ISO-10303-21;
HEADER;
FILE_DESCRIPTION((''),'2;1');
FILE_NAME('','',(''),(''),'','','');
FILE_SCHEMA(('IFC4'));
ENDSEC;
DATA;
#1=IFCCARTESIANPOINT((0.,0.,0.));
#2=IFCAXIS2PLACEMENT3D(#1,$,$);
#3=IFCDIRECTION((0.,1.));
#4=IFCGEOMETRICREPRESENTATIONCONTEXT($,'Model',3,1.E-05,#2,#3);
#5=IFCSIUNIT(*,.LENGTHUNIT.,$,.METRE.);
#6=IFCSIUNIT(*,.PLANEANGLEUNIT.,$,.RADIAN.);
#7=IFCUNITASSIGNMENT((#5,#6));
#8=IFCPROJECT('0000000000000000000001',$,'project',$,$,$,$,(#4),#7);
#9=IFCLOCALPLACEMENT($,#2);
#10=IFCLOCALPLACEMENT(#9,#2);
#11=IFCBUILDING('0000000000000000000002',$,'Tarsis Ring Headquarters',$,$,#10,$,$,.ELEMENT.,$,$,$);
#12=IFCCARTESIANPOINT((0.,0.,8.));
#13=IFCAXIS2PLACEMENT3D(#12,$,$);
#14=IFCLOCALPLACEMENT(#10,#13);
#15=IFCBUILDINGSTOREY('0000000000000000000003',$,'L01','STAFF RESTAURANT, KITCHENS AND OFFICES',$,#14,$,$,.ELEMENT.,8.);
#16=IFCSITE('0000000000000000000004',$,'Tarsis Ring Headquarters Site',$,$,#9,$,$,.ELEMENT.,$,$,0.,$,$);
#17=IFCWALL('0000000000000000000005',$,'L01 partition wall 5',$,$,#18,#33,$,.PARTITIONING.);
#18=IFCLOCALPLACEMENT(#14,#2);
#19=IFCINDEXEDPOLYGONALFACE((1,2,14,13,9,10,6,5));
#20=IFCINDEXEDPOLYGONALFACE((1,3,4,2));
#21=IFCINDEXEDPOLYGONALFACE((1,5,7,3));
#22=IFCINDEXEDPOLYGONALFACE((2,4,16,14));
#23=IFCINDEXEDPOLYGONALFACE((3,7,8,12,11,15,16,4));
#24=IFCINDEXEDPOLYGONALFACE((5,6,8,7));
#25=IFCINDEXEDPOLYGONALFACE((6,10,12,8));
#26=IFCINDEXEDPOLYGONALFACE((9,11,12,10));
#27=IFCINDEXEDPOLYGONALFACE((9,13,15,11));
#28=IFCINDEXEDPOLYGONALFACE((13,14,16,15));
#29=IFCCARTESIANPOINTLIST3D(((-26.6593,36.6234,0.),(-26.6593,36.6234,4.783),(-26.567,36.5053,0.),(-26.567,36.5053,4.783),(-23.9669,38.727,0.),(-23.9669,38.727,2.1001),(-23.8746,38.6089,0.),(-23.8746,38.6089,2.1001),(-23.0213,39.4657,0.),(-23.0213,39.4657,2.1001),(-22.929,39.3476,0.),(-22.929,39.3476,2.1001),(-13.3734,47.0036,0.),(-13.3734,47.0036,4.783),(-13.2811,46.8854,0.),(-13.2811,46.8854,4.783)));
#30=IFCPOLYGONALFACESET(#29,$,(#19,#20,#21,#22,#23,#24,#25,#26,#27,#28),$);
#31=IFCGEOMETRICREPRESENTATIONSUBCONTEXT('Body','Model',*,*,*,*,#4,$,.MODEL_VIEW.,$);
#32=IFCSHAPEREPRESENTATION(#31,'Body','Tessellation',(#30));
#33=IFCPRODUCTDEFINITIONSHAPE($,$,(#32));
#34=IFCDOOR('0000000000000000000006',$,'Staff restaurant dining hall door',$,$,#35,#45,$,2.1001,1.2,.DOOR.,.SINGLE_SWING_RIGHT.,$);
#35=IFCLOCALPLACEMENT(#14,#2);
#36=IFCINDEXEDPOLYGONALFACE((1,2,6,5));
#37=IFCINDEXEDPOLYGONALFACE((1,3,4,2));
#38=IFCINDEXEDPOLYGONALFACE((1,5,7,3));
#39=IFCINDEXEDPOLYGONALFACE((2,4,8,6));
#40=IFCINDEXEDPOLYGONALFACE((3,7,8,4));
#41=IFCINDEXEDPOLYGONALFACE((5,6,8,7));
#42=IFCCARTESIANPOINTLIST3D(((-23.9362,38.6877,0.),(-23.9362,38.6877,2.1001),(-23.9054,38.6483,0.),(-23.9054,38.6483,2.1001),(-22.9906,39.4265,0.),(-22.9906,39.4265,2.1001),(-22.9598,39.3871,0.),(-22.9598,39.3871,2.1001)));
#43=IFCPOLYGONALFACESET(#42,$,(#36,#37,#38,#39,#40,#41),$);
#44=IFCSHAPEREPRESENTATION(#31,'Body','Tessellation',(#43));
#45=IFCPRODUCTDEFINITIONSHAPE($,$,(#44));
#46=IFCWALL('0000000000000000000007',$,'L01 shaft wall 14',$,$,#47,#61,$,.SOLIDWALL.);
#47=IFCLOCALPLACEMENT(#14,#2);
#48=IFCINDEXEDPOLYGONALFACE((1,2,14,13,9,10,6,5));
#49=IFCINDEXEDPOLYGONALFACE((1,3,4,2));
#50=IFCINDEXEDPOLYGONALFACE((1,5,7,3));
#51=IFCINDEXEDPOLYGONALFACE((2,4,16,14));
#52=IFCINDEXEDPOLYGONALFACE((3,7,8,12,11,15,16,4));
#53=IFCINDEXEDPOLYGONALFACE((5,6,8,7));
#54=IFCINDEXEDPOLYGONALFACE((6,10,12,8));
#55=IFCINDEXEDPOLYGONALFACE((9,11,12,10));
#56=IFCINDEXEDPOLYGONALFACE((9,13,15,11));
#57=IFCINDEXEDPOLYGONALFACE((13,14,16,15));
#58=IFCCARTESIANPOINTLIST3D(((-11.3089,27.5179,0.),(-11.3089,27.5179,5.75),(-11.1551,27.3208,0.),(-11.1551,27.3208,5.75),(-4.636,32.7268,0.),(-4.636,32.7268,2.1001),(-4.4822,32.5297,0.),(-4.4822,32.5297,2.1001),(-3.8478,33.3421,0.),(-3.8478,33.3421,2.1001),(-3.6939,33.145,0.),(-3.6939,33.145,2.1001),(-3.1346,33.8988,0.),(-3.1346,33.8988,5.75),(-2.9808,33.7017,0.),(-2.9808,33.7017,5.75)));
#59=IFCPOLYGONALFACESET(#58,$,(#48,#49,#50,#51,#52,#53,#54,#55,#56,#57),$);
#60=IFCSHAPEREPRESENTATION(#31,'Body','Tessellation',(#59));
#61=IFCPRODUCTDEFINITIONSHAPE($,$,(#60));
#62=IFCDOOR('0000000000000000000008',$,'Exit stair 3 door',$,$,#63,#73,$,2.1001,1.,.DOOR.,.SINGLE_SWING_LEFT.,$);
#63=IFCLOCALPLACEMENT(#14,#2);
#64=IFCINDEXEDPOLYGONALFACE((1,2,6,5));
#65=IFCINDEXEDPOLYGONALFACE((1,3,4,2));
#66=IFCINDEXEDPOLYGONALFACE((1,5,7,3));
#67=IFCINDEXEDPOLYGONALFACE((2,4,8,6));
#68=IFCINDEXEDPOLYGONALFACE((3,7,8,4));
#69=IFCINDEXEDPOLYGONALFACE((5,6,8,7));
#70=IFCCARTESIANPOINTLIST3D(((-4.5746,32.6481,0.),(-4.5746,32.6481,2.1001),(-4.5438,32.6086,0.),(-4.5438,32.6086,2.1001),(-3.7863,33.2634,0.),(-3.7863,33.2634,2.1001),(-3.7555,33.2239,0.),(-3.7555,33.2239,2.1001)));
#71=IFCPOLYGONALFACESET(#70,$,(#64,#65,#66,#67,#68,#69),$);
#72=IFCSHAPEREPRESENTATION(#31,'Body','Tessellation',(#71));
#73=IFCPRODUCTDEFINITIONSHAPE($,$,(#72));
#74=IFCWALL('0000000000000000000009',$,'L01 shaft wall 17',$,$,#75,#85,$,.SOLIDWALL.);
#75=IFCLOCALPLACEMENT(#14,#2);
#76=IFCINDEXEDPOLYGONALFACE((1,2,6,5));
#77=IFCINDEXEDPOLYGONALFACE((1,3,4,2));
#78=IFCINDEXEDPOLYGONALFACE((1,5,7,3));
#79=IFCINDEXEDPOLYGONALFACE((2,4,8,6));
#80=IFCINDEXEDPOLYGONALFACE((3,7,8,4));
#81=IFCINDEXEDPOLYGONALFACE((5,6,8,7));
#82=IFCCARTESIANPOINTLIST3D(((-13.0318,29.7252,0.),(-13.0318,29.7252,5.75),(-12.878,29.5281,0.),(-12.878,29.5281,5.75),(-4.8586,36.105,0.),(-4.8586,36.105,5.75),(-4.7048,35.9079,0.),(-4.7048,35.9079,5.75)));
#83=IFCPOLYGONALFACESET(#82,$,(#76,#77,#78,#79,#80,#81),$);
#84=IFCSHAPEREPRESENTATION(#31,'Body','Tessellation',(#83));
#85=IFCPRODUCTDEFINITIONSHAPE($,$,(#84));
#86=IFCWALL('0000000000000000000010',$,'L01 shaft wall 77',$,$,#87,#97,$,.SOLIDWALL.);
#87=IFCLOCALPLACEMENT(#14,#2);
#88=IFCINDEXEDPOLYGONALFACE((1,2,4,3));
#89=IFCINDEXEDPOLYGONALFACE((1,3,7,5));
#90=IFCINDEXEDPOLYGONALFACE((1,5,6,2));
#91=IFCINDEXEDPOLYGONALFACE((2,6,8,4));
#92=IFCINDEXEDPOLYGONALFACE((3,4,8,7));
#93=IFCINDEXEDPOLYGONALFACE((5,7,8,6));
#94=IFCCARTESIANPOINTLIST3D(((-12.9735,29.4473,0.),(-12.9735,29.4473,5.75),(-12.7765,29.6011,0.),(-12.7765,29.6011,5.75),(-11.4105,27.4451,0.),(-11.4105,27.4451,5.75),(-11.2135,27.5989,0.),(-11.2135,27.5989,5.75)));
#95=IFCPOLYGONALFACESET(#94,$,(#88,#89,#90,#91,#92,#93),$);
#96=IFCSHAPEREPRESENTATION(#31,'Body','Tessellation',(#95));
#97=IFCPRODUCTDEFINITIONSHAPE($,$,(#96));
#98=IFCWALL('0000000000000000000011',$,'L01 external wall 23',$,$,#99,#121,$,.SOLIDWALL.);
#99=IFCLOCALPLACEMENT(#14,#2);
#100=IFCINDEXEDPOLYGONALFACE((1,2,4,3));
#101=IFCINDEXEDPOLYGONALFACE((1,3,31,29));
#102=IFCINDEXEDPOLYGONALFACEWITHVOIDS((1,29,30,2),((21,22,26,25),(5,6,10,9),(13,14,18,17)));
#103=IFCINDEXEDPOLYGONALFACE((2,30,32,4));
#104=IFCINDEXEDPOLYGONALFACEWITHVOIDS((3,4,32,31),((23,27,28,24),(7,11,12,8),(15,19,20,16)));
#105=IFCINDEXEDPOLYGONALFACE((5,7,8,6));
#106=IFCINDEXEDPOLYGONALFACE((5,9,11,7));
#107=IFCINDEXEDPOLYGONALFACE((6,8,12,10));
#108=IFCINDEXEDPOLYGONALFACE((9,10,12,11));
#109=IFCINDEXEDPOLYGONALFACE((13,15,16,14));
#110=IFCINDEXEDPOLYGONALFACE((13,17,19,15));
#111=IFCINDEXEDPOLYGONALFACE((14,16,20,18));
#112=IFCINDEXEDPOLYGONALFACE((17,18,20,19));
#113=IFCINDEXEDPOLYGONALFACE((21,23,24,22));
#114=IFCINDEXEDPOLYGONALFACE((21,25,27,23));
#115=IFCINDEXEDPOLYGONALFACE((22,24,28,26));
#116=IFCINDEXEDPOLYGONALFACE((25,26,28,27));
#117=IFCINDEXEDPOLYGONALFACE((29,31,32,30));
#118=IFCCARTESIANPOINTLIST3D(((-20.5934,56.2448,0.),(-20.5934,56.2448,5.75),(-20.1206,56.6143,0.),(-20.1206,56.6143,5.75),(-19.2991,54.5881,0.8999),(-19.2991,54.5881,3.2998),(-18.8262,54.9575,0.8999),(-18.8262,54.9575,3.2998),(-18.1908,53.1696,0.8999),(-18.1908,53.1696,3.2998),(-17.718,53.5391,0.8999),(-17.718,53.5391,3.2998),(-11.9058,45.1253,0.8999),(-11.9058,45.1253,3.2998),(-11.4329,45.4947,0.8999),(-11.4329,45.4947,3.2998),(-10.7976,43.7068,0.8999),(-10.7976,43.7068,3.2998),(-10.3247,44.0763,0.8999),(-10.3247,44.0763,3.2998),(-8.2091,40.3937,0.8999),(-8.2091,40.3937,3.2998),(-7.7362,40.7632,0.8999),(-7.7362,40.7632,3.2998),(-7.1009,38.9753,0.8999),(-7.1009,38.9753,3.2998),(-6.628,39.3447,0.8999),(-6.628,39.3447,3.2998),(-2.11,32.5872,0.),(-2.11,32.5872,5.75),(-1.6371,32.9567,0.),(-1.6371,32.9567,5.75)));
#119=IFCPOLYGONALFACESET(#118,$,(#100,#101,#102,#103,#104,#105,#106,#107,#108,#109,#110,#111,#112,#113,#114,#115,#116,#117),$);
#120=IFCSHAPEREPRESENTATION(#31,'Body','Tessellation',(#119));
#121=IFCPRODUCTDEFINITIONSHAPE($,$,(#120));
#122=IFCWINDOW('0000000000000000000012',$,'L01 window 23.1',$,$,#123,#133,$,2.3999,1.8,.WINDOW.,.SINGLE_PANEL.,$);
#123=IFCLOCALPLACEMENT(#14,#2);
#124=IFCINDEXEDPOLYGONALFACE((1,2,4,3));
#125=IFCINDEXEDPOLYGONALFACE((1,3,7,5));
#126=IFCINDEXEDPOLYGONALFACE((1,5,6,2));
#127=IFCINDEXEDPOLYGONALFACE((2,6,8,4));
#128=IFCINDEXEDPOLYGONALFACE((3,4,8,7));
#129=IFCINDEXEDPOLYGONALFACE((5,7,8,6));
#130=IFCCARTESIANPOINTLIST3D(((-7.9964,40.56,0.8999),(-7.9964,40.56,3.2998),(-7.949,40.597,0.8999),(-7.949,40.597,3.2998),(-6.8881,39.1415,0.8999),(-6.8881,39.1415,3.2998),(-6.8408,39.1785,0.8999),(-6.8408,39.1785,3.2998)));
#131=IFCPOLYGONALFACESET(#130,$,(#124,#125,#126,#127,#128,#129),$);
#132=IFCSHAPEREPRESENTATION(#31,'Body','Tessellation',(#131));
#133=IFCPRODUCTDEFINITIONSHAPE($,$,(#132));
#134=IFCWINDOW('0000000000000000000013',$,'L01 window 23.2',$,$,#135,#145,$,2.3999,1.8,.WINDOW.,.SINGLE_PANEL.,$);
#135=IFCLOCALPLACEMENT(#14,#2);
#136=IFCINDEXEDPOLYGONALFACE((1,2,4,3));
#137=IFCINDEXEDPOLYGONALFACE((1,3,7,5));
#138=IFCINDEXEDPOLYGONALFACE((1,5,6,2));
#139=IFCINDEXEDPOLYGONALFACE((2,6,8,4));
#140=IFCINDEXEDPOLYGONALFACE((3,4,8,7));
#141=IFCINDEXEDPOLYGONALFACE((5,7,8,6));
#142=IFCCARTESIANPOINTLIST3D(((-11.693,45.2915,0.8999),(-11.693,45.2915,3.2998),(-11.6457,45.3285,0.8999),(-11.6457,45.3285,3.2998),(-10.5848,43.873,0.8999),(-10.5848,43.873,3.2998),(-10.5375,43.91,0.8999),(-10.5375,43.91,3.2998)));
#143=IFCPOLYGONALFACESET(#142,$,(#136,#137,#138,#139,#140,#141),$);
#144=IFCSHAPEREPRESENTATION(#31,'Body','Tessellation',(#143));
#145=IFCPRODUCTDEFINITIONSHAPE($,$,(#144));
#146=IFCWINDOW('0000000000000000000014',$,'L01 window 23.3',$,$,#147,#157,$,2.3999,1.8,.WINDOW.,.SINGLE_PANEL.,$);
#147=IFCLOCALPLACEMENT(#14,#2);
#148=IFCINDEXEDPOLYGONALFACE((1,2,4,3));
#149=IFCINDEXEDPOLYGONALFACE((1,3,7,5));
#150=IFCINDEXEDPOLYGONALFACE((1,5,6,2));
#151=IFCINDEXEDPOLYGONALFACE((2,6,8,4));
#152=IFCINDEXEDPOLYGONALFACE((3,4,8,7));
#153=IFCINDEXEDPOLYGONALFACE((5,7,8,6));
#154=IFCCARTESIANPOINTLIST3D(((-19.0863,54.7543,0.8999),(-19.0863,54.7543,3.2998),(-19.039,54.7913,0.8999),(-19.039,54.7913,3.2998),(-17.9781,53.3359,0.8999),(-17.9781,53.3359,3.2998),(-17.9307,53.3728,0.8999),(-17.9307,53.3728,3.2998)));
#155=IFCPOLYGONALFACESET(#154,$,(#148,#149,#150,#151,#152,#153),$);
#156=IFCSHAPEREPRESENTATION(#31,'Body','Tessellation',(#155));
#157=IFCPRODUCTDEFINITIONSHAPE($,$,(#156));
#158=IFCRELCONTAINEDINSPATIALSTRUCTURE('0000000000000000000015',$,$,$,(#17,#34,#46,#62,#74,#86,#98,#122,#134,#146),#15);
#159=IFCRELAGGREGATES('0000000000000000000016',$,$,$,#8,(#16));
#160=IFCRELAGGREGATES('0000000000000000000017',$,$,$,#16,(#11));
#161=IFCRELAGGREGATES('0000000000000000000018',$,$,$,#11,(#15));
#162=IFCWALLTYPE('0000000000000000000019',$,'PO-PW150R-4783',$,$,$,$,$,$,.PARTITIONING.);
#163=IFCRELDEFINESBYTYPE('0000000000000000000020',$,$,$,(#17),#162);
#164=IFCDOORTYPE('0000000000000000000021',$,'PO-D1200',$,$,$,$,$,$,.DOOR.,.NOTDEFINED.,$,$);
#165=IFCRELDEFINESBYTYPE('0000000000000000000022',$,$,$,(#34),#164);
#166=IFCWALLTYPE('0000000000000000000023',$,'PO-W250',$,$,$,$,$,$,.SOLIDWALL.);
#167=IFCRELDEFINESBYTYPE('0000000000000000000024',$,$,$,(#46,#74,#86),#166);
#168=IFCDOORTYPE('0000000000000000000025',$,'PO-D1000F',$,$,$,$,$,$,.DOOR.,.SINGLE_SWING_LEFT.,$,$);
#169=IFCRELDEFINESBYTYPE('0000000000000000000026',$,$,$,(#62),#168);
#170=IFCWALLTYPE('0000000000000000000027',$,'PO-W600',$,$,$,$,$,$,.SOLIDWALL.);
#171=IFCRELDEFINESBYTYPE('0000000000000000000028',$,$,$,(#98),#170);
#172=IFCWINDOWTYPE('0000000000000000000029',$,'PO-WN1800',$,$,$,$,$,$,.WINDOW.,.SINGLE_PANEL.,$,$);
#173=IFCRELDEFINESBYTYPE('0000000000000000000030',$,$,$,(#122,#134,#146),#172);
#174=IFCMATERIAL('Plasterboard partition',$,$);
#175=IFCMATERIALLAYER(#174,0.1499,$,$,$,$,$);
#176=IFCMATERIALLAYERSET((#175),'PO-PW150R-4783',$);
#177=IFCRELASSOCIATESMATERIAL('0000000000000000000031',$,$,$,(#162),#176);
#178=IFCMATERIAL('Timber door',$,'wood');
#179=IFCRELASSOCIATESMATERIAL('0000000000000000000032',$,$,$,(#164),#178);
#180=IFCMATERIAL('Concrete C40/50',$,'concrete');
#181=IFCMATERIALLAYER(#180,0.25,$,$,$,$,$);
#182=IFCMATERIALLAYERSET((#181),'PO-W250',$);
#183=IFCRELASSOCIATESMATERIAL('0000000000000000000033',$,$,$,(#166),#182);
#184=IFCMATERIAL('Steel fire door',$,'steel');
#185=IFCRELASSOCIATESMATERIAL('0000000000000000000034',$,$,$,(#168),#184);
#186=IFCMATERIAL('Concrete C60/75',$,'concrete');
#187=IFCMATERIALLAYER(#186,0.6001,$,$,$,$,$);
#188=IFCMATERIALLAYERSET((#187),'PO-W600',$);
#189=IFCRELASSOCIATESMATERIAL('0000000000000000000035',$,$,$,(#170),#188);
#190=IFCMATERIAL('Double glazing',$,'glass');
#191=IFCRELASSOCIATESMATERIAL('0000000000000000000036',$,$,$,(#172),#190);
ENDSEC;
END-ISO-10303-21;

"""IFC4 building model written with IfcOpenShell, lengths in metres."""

from ifc_helpers import new_model, si_unit, direction, frame, frame_2d, origin, place, context, subcontext, project, spatial, rectangle, extrude, material, layer, layer_set, type_object, element, fill, save


model = new_model("IFC4")

# Units and contexts
model_context = context("Model", 3, precision=1e-05, world=origin(), true_north=direction((0.0, 1.0)))
body_context = subcontext(model_context, "Body", "Model", "MODEL_VIEW")
ifc_project = project(units=[si_unit("LENGTHUNIT", "METRE"), si_unit("PLANEANGLEUNIT", "RADIAN")], contexts=[model_context])

# Site, building, storey
site_placement = place(None, origin())
site = spatial("IfcSite", under=ifc_project, at=site_placement, Name="Tarsis Ring Headquarters Site", CompositionType="ELEMENT", RefElevation=0.0)
building_placement = place(site_placement, origin())
building = spatial("IfcBuilding", under=site, at=building_placement, Name="Tarsis Ring Headquarters", CompositionType="ELEMENT")
storey_placement = place(building_placement, frame((0.0, 0.0, 8.0)))
storey = spatial("IfcBuildingStorey", under=building, at=storey_placement, Name="L01", Description="STAFF RESTAURANT, KITCHENS AND OFFICES", CompositionType="ELEMENT", Elevation=8.0)

# Shared definitions
ifc_material_1 = material(Name="Concrete C60/75", Category="concrete")

# Shared definitions
ifc_material_2 = material(Name="Concrete C40/50", Category="concrete")

# Shared definitions
ifc_material_3 = material(Name="Plasterboard partition")

# Walls, openings, doors
ifc_layer_1 = layer(ifc_material_3, 0.1499)
ifc_layer_set_1 = layer_set([ifc_layer_1], Name="PO-PW150R-4783")
wall_type_1 = type_object("IfcWallType", Name="PO-PW150R-4783", PredefinedType="PARTITIONING", material=ifc_layer_set_1)
wall_1_placement = place(storey_placement, frame((-13.3271, 46.9446, 0.0), z_axis=(0.0, 0.0, 1.0), x_axis=(-0.788009, -0.615663, 0.0)))
wall_1 = element("IfcWall", 1, at=wall_1_placement, inside=storey, type_object=wall_type_1, Name="L01 partition wall 5", PredefinedType="PARTITIONING", context=body_context, shape_type="SweptSolid", body=[
    extrude(rectangle(XDim=16.8601, YDim=0.1499, at=frame_2d((8.4302, 0.0))), origin(), (0.0, 0.0, 1.0), 4.783),
])
opening_1_placement = place(wall_1_placement, frame((12.2434, 0.0, 0.0)))
opening_1 = element("IfcOpeningElement", 2, at=opening_1_placement, cuts=wall_1, PredefinedType="OPENING", context=body_context, shape_type="SweptSolid", body=[
    extrude(rectangle(XDim=1.2, YDim=2.1001, at=frame_2d((0.6001, 1.05))), frame((0.0, 0.085, 0.0), z_axis=(0.0, -1.0, 0.0), x_axis=(1.0, 0.0, 0.0)), (0.0, 0.0, 1.0), 0.1699),
])
ifc_material_4 = material(Name="Timber door", Category="wood")
door_type_1 = type_object("IfcDoorType", Name="PO-D1200", OperationType="NOTDEFINED", PredefinedType="DOOR", material=ifc_material_4)
door_1_placement = place(opening_1_placement, origin())
door_1 = element("IfcDoor", 3, at=door_1_placement, inside=storey, type_object=door_type_1, Name="Staff restaurant dining hall door", OperationType="SINGLE_SWING_RIGHT", OverallHeight=2.1001, OverallWidth=1.2, PredefinedType="DOOR", context=body_context, shape_type="SweptSolid", body=[
    extrude(rectangle(XDim=1.2, YDim=2.1001, at=frame_2d((0.6001, 1.05))), frame((0.0, 0.0249, 0.0), z_axis=(0.0, -1.0, 0.0), x_axis=(1.0, 0.0, 0.0)), (0.0, 0.0, 1.0), 0.05),
])
fill(opening_1, door_1)
ifc_layer_2 = layer(ifc_material_2, 0.25)
ifc_layer_set_2 = layer_set([ifc_layer_2], Name="PO-W250")
wall_type_2 = type_object("IfcWallType", Name="PO-W250", PredefinedType="SOLIDWALL", material=ifc_layer_set_2)
wall_2_placement = place(storey_placement, frame((-3.0576, 33.8003, 0.0), z_axis=(0.0, 0.0, 1.0), x_axis=(-0.788273, -0.615325, 0.0)))
wall_2 = element("IfcWall", 4, at=wall_2_placement, inside=storey, type_object=wall_type_2, Name="L01 shaft wall 14", PredefinedType="SOLIDWALL", context=body_context, shape_type="SweptSolid", body=[
    extrude(rectangle(XDim=10.3699, YDim=0.25, at=frame_2d((5.1851, 0.0))), origin(), (0.0, 0.0, 1.0), 5.75),
])
opening_2_placement = place(wall_2_placement, frame((0.9048, 0.0, 0.0)))
opening_2 = element("IfcOpeningElement", 5, at=opening_2_placement, cuts=wall_2, PredefinedType="OPENING", context=body_context, shape_type="SweptSolid", body=[
    extrude(rectangle(XDim=1.0, YDim=2.1001, at=frame_2d((0.5, 1.05))), frame((0.0, 0.135, 0.0), z_axis=(0.0, -1.0, 0.0), x_axis=(1.0, 0.0, 0.0)), (0.0, 0.0, 1.0), 0.27),
])
ifc_material_5 = material(Name="Steel fire door", Category="steel")
door_type_2 = type_object("IfcDoorType", Name="PO-D1000F", OperationType="SINGLE_SWING_LEFT", PredefinedType="DOOR", material=ifc_material_5)
door_2_placement = place(opening_2_placement, origin())
door_2 = element("IfcDoor", 6, at=door_2_placement, inside=storey, type_object=door_type_2, Name="Exit stair 3 door", OperationType="SINGLE_SWING_LEFT", OverallHeight=2.1001, OverallWidth=1.0, PredefinedType="DOOR", context=body_context, shape_type="SweptSolid", body=[
    extrude(rectangle(XDim=1.0, YDim=2.1001, at=frame_2d((0.5, 1.05))), frame((0.0, 0.0249, 0.0), z_axis=(0.0, -1.0, 0.0), x_axis=(1.0, 0.0, 0.0)), (0.0, 0.0, 1.0), 0.05),
])
fill(opening_2, door_2)

# Walls
wall_3_placement = place(storey_placement, frame((-12.9548, 29.6267, 0.0), z_axis=(0.0, 0.0, 1.0), x_axis=(0.788283, 0.615312, 0.0)))
element("IfcWall", 7, at=wall_3_placement, inside=storey, type_object=wall_type_2, Name="L01 shaft wall 17", PredefinedType="SOLIDWALL", context=body_context, shape_type="SweptSolid", body=[
    extrude(rectangle(XDim=10.3684, YDim=0.25, at=frame_2d((5.1841, 0.0))), origin(), (0.0, 0.0, 1.0), 5.75),
])
wall_4_placement = place(storey_placement, frame((-11.312, 27.522, 0.0), z_axis=(0.0, 0.0, 1.0), x_axis=(-0.615344, 0.788259, 0.0)))
element("IfcWall", 8, at=wall_4_placement, inside=storey, type_object=wall_type_2, Name="L01 shaft wall 77", PredefinedType="SOLIDWALL", context=body_context, shape_type="SweptSolid", body=[
    extrude(rectangle(XDim=2.54, YDim=0.25, at=frame_2d((1.27, 0.0))), origin(), (0.0, 0.0, 1.0), 5.75),
])

# Wall, openings, windows
ifc_layer_3 = layer(ifc_material_1, 0.6001)
ifc_layer_set_3 = layer_set([ifc_layer_3], Name="PO-W600")
wall_type_3 = type_object("IfcWallType", Name="PO-W600", PredefinedType="SOLIDWALL", material=ifc_layer_set_3)
wall_5_placement = place(storey_placement, frame((-1.8735, 32.772, 0.0), z_axis=(0.0, 0.0, 1.0), x_axis=(-0.615665, 0.788008, 0.0)))
wall_5 = element("IfcWall", 9, at=wall_5_placement, inside=storey, type_object=wall_type_3, Name="L01 external wall 23", PredefinedType="SOLIDWALL", context=body_context, shape_type="SweptSolid", body=[
    extrude(rectangle(XDim=30.022, YDim=0.6001, at=frame_2d((15.011, 0.0))), origin(), (0.0, 0.0, 1.0), 5.75),
])
opening_3_placement = place(wall_5_placement, frame((8.1067, 0.0, 0.8999)))
opening_3 = element("IfcOpeningElement", 10, at=opening_3_placement, cuts=wall_5, PredefinedType="OPENING", context=body_context, shape_type="SweptSolid", body=[
    extrude(rectangle(XDim=1.8, YDim=2.3999, at=frame_2d((0.8999, 1.2))), frame((0.0, 0.3101, 0.0), z_axis=(0.0, -1.0, 0.0), x_axis=(1.0, 0.0, 0.0)), (0.0, 0.0, 1.0), 0.6201),
])
opening_4_placement = place(wall_5_placement, frame((14.1111, 0.0, 0.8999)))
opening_4 = element("IfcOpeningElement", 11, at=opening_4_placement, cuts=wall_5, PredefinedType="OPENING", context=body_context, shape_type="SweptSolid", body=[
    extrude(rectangle(XDim=1.8, YDim=2.3999, at=frame_2d((0.8999, 1.2))), frame((0.0, 0.3101, 0.0), z_axis=(0.0, -1.0, 0.0), x_axis=(1.0, 0.0, 0.0)), (0.0, 0.0, 1.0), 0.6201),
])
opening_5_placement = place(wall_5_placement, frame((26.1196, 0.0, 0.8999)))
opening_5 = element("IfcOpeningElement", 12, at=opening_5_placement, cuts=wall_5, PredefinedType="OPENING", context=body_context, shape_type="SweptSolid", body=[
    extrude(rectangle(XDim=1.8, YDim=2.3999, at=frame_2d((0.8999, 1.2))), frame((0.0, 0.3101, 0.0), z_axis=(0.0, -1.0, 0.0), x_axis=(1.0, 0.0, 0.0)), (0.0, 0.0, 1.0), 0.6201),
])
ifc_material_6 = material(Name="Double glazing", Category="glass")
window_type = type_object("IfcWindowType", Name="PO-WN1800", PartitioningType="SINGLE_PANEL", PredefinedType="WINDOW", material=ifc_material_6)
window_1_placement = place(opening_3_placement, origin())
window_1 = element("IfcWindow", 13, at=window_1_placement, inside=storey, type_object=window_type, Name="L01 window 23.1", OverallHeight=2.3999, OverallWidth=1.8, PartitioningType="SINGLE_PANEL", PredefinedType="WINDOW", context=body_context, shape_type="SweptSolid", body=[
    extrude(rectangle(XDim=1.8, YDim=2.3999, at=frame_2d((0.8999, 1.2))), frame((0.0, 0.03, 0.0), z_axis=(0.0, -1.0, 0.0), x_axis=(1.0, 0.0, 0.0)), (0.0, 0.0, 1.0), 0.0601),
])
fill(opening_3, window_1)
window_2_placement = place(opening_4_placement, origin())
window_2 = element("IfcWindow", 14, at=window_2_placement, inside=storey, type_object=window_type, Name="L01 window 23.2", OverallHeight=2.3999, OverallWidth=1.8, PartitioningType="SINGLE_PANEL", PredefinedType="WINDOW", context=body_context, shape_type="SweptSolid", body=[
    extrude(rectangle(XDim=1.8, YDim=2.3999, at=frame_2d((0.8999, 1.2))), frame((0.0, 0.03, 0.0), z_axis=(0.0, -1.0, 0.0), x_axis=(1.0, 0.0, 0.0)), (0.0, 0.0, 1.0), 0.0601),
])
fill(opening_4, window_2)
window_3_placement = place(opening_5_placement, origin())
window_3 = element("IfcWindow", 15, at=window_3_placement, inside=storey, type_object=window_type, Name="L01 window 23.3", OverallHeight=2.3999, OverallWidth=1.8, PartitioningType="SINGLE_PANEL", PredefinedType="WINDOW", context=body_context, shape_type="SweptSolid", body=[
    extrude(rectangle(XDim=1.8, YDim=2.3999, at=frame_2d((0.8999, 1.2))), frame((0.0, 0.03, 0.0), z_axis=(0.0, -1.0, 0.0), x_axis=(1.0, 0.0, 0.0)), (0.0, 0.0, 1.0), 0.0601),
])
fill(opening_5, window_3)

save(model, "model.ifc")
